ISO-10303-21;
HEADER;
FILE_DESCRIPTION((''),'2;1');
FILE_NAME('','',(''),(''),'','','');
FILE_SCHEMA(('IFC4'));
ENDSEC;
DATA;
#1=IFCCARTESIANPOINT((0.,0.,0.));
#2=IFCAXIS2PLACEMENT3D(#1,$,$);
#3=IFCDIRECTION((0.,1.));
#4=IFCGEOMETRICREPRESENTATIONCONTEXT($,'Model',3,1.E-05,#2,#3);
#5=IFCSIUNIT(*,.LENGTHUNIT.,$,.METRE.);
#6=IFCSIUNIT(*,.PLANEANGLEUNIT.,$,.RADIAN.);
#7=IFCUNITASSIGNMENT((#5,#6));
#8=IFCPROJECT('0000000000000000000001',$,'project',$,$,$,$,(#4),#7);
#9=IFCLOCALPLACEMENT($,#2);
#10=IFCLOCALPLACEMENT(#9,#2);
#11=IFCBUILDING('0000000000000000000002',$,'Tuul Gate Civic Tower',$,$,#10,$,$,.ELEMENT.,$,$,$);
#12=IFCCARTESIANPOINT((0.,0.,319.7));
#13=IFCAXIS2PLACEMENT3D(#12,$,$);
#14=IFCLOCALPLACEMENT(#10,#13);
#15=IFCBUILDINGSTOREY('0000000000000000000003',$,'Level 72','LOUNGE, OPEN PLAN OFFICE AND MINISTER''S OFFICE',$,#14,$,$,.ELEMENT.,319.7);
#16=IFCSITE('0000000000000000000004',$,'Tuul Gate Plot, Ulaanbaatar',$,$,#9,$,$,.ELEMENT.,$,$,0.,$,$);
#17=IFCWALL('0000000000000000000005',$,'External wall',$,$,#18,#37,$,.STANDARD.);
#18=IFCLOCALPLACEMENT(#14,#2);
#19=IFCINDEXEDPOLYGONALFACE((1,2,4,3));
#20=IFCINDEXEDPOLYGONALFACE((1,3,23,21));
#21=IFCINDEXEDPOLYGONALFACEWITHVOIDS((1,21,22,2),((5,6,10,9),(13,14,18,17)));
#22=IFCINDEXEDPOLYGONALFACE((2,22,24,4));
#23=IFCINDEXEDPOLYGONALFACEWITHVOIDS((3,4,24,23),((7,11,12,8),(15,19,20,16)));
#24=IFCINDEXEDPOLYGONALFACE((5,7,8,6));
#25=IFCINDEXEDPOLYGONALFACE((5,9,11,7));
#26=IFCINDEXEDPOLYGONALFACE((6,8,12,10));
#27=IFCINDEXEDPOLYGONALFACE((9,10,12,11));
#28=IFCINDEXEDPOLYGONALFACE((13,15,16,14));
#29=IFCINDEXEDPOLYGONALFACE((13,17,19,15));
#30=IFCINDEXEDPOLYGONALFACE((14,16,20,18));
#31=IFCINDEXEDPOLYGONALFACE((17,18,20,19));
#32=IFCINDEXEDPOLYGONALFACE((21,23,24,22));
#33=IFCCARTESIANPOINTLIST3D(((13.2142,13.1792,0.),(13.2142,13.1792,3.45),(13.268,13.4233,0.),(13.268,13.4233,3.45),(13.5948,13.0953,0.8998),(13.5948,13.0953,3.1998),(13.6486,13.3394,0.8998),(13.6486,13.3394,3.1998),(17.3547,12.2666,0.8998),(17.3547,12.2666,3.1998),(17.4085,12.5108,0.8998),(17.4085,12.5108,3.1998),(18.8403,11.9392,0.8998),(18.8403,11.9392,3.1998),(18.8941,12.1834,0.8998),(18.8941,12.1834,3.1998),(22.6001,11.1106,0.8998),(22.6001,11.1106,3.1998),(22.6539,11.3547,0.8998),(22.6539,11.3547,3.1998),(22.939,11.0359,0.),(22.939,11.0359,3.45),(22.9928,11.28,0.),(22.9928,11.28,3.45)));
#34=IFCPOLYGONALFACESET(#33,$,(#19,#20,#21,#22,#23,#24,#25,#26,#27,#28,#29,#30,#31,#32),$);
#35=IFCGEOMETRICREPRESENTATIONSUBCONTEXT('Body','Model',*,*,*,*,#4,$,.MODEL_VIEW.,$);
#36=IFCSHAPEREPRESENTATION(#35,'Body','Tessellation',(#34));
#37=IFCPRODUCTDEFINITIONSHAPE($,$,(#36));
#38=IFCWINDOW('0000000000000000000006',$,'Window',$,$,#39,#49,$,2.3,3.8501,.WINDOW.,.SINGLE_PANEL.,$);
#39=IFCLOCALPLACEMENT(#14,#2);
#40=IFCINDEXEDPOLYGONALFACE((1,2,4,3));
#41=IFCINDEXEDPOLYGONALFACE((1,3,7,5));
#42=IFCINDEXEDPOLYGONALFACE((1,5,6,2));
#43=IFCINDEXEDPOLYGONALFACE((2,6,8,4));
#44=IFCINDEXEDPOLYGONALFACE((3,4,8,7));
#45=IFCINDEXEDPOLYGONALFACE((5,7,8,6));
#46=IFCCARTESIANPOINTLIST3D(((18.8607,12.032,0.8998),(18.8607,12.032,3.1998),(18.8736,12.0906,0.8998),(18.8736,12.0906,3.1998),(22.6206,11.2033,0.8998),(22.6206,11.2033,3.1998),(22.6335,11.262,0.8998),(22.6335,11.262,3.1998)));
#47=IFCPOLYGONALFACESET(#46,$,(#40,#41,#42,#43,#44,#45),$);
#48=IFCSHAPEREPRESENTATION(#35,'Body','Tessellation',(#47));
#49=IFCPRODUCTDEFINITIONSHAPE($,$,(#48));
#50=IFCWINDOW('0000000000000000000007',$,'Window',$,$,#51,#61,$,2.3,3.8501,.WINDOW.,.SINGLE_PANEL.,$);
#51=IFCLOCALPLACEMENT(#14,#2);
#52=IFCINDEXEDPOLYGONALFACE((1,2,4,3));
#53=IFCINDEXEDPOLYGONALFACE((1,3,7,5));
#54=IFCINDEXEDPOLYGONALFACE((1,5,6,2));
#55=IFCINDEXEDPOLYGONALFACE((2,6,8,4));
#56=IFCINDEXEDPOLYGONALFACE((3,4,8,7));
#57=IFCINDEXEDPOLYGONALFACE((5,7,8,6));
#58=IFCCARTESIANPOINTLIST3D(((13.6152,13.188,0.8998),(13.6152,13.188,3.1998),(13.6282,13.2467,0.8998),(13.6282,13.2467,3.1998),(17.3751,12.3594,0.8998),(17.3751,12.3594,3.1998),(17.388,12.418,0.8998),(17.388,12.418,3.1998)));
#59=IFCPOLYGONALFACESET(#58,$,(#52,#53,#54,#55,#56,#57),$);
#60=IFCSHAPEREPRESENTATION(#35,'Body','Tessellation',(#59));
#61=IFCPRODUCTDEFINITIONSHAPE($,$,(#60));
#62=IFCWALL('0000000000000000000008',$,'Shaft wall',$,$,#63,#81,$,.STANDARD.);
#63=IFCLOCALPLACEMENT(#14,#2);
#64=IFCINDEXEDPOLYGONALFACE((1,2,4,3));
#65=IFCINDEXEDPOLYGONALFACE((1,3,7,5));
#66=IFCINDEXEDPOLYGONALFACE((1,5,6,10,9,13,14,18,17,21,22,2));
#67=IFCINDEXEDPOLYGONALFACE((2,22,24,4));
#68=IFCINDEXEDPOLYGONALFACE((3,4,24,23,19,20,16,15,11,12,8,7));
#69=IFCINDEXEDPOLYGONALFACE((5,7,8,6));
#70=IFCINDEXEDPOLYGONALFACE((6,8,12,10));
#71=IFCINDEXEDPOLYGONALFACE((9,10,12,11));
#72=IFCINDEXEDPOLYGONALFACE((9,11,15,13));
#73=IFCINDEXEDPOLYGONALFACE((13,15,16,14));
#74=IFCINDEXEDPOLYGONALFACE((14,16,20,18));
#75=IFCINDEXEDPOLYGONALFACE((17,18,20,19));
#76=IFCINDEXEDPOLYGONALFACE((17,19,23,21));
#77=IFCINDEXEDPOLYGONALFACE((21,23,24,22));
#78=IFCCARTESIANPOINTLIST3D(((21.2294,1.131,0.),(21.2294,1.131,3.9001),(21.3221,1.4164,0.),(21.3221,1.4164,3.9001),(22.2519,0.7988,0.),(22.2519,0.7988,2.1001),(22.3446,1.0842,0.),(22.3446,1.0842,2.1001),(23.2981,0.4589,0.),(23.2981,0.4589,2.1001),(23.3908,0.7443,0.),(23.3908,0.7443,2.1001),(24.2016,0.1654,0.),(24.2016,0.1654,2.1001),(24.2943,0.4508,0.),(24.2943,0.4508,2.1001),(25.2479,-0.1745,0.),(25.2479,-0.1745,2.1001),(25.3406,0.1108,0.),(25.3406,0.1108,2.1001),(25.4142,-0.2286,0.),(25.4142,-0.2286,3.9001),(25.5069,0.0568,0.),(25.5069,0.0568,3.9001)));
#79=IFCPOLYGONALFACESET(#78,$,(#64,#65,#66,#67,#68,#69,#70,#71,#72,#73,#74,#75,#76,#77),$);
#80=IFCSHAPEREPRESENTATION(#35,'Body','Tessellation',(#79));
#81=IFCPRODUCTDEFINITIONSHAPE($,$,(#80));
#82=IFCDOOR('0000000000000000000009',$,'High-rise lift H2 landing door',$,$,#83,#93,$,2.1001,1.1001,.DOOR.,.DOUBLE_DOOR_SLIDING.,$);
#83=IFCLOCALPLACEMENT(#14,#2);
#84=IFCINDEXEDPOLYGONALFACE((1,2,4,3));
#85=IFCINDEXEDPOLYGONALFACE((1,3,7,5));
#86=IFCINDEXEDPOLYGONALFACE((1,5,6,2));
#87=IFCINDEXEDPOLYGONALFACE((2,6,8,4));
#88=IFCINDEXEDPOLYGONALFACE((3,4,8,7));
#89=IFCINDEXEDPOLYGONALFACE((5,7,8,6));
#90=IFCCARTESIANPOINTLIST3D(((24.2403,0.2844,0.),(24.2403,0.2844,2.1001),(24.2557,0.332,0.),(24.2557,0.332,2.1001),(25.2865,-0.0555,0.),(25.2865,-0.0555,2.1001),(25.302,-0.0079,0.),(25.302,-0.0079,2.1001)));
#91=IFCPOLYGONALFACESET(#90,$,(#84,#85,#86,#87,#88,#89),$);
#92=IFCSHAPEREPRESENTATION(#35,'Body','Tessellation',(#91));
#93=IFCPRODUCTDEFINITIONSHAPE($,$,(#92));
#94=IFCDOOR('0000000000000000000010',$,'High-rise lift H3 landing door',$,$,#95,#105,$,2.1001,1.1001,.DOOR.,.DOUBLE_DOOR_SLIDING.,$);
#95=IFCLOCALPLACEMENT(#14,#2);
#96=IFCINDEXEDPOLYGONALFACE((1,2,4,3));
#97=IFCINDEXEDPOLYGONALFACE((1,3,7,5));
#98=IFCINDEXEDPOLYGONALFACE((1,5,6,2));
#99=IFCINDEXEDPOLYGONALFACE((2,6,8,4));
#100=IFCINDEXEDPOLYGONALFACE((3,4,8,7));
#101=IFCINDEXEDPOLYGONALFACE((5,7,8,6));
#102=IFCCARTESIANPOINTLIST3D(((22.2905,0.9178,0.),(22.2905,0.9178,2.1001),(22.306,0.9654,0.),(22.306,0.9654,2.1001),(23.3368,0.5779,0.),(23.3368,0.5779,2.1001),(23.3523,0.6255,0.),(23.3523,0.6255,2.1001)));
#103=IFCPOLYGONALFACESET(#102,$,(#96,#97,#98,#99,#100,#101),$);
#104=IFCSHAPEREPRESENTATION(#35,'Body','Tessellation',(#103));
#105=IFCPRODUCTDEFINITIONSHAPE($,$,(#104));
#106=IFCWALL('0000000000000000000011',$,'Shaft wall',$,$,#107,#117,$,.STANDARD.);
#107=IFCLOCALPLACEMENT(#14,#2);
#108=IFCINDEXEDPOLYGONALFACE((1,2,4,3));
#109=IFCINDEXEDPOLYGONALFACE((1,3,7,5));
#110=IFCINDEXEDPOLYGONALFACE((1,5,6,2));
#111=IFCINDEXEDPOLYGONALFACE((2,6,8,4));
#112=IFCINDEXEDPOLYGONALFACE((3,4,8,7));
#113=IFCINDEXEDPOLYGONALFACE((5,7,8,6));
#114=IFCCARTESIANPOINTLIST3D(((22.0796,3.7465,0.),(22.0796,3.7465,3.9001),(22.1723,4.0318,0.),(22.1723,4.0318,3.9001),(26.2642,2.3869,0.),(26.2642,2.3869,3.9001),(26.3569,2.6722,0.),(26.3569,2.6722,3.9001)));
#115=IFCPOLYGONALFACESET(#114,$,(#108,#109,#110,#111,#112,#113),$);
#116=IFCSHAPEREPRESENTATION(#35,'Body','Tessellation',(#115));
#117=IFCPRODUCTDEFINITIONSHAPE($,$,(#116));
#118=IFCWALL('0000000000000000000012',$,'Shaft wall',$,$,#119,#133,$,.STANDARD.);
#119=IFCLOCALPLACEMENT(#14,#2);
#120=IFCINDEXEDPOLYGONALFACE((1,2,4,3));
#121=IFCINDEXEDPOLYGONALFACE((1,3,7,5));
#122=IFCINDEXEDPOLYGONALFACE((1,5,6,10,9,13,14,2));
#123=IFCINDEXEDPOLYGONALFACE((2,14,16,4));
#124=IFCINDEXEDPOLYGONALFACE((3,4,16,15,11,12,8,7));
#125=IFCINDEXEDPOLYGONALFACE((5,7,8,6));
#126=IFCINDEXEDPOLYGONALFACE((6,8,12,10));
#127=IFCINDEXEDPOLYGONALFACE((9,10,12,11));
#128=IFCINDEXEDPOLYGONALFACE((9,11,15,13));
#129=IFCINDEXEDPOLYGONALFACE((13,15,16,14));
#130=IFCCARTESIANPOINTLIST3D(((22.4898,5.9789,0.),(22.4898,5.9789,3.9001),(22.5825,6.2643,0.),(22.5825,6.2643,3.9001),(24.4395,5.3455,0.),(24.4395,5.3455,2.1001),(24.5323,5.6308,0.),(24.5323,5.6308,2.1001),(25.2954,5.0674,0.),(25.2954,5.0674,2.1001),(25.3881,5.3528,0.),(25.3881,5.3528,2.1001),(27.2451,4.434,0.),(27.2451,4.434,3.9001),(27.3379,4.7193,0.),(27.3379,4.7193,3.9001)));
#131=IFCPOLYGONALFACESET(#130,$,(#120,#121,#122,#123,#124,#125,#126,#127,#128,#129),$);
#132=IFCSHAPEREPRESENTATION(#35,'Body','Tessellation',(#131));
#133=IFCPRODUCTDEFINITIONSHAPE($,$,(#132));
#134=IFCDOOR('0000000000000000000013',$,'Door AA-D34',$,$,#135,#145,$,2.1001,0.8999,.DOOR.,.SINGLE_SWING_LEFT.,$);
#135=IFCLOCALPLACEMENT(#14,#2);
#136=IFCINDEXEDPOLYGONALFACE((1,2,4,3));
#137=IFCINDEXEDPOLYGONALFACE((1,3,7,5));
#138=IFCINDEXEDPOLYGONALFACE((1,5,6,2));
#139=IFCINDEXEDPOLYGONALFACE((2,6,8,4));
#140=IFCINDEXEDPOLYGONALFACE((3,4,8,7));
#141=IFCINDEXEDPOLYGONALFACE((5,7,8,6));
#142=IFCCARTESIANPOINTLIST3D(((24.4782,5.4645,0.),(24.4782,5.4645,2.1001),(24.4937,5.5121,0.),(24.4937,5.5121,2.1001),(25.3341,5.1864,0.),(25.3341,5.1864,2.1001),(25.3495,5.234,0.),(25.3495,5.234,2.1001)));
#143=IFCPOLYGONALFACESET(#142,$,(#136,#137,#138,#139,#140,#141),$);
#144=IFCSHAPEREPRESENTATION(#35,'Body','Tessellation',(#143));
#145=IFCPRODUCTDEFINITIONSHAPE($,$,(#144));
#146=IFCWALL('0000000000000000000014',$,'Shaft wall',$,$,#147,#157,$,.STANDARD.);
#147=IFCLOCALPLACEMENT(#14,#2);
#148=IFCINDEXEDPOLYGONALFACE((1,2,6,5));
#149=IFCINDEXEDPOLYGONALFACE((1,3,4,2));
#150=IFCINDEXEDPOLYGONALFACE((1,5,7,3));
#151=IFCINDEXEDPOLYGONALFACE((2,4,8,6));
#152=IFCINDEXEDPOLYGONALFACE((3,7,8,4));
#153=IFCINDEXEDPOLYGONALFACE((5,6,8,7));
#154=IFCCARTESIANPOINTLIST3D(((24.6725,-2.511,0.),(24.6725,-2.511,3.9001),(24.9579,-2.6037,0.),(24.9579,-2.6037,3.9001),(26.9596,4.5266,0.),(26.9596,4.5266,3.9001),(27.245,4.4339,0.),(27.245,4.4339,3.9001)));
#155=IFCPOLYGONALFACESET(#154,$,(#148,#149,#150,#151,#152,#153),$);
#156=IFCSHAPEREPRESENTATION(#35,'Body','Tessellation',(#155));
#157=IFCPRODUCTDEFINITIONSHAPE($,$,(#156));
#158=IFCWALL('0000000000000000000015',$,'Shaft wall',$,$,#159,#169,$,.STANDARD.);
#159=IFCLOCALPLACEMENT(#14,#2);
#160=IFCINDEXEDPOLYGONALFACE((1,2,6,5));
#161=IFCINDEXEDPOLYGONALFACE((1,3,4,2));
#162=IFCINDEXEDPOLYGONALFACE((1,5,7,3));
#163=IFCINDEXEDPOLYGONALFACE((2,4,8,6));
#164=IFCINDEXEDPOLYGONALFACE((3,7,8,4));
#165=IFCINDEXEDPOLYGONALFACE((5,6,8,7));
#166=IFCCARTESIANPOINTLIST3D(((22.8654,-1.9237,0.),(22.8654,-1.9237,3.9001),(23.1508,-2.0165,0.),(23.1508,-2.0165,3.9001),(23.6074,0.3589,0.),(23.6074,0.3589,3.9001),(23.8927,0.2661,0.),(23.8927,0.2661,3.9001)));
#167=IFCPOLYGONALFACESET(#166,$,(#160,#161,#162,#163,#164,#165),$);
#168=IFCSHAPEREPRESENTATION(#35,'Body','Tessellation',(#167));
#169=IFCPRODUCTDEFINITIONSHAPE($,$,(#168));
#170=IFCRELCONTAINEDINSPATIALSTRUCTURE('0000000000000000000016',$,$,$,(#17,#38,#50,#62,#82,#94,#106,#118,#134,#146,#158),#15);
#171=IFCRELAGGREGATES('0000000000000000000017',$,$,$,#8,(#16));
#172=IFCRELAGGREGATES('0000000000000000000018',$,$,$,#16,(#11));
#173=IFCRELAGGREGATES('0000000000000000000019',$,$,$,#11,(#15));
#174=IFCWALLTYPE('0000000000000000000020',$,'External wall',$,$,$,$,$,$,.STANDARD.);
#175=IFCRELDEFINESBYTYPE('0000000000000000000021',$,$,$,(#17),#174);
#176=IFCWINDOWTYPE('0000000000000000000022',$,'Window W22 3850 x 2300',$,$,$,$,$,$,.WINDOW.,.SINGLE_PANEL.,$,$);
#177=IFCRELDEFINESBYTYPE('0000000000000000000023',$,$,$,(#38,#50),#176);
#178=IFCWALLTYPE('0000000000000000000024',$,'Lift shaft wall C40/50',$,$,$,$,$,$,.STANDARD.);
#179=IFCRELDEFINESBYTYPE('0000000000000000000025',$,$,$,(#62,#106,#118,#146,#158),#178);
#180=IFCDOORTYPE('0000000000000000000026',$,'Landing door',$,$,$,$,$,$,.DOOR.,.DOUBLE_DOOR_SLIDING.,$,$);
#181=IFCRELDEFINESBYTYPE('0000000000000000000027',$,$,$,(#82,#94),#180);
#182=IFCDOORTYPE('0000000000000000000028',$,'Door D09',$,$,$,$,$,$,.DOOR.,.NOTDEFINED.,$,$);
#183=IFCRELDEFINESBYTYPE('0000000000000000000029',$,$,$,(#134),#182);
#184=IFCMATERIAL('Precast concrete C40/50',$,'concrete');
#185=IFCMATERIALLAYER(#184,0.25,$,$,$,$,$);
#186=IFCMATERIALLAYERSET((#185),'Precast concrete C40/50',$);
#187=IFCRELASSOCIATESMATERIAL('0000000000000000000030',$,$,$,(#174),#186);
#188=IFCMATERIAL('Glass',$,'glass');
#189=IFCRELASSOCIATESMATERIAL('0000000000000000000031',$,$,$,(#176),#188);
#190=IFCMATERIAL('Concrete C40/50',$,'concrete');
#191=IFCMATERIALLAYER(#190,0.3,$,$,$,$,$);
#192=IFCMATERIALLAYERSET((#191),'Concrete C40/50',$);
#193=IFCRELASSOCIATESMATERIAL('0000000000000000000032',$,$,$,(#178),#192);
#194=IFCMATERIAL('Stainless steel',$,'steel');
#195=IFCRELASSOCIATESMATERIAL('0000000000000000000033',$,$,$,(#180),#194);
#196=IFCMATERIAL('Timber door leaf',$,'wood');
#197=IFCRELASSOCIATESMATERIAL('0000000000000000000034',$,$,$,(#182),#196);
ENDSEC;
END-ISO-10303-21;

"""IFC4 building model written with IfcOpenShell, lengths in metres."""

from ifc_helpers import new_model, si_unit, direction, frame, frame_2d, origin, place, context, subcontext, project, spatial, rectangle, extrude, material, layer, layer_set, type_object, element, fill, save


model = new_model("IFC4")

# Units and contexts
model_context = context("Model", 3, precision=1e-05, world=origin(), true_north=direction((0.0, 1.0)))
body_context = subcontext(model_context, "Body", "Model", "MODEL_VIEW")
ifc_project = project(units=[si_unit("LENGTHUNIT", "METRE"), si_unit("PLANEANGLEUNIT", "RADIAN")], contexts=[model_context])

# Site, building, storey
site_placement = place(None, origin())
site = spatial("IfcSite", under=ifc_project, at=site_placement, Name="Tuul Gate Plot, Ulaanbaatar", CompositionType="ELEMENT", RefElevation=0.0)
building_placement = place(site_placement, origin())
building = spatial("IfcBuilding", under=site, at=building_placement, Name="Tuul Gate Civic Tower", CompositionType="ELEMENT")
storey_placement = place(building_placement, frame((0.0, 0.0, 319.7)))
storey = spatial("IfcBuildingStorey", under=building, at=storey_placement, Name="Level 72", Description="LOUNGE, OPEN PLAN OFFICE AND MINISTER'S OFFICE", CompositionType="ELEMENT", Elevation=319.7)

# Wall, openings, windows
ifc_material_1 = material(Name="Precast concrete C40/50", Category="concrete")
ifc_layer_1 = layer(ifc_material_1, 0.25)
ifc_layer_set_1 = layer_set([ifc_layer_1], Name="Precast concrete C40/50")
wall_type_1 = type_object("IfcWallType", Name="External wall", PredefinedType="STANDARD", material=ifc_layer_set_1)
wall_1_placement = place(storey_placement, frame((22.9658, 11.158, 0.0), z_axis=(0.0, 0.0, 1.0), x_axis=(-0.976563, 0.21523, 0.0)))
wall_1 = element("IfcWall", 1, at=wall_1_placement, inside=storey, type_object=wall_type_1, Name="External wall", PredefinedType="STANDARD", context=body_context, shape_type="SweptSolid", body=[
    extrude(rectangle(XDim=9.9583, YDim=0.25, at=frame_2d((4.979, 0.0))), origin(), (0.0, 0.0, 1.0), 3.45),
])
opening_1_placement = place(wall_1_placement, frame((0.3469, 0.0, 0.8999)))
opening_1 = element("IfcOpeningElement", 2, at=opening_1_placement, cuts=wall_1, PredefinedType="OPENING", context=body_context, shape_type="SweptSolid", body=[
    extrude(rectangle(XDim=3.8501, YDim=2.3, at=frame_2d((1.925, 1.1499))), frame((0.0, 0.135, 0.0), z_axis=(0.0, -1.0, 0.0), x_axis=(1.0, 0.0, 0.0)), (0.0, 0.0, 1.0), 0.27),
])
opening_2_placement = place(wall_1_placement, frame((5.7183, 0.0, 0.8999)))
opening_2 = element("IfcOpeningElement", 3, at=opening_2_placement, cuts=wall_1, PredefinedType="OPENING", context=body_context, shape_type="SweptSolid", body=[
    extrude(rectangle(XDim=3.8501, YDim=2.3, at=frame_2d((1.925, 1.1499))), frame((0.0, 0.135, 0.0), z_axis=(0.0, -1.0, 0.0), x_axis=(1.0, 0.0, 0.0)), (0.0, 0.0, 1.0), 0.27),
])
ifc_material_2 = material(Name="Glass", Category="glass")
window_type = type_object("IfcWindowType", Name="Window W22 3850 x 2300", PartitioningType="SINGLE_PANEL", PredefinedType="WINDOW", material=ifc_material_2)
window_1_placement = place(opening_1_placement, origin())
window_1 = element("IfcWindow", 4, at=window_1_placement, inside=storey, type_object=window_type, Name="Window", OverallHeight=2.3, OverallWidth=3.8501, PartitioningType="SINGLE_PANEL", PredefinedType="WINDOW", context=body_context, shape_type="SweptSolid", body=[
    extrude(rectangle(XDim=3.8501, YDim=2.3, at=frame_2d((1.925, 1.1499))), frame((0.0, 0.03, 0.0), z_axis=(0.0, -1.0, 0.0), x_axis=(1.0, 0.0, 0.0)), (0.0, 0.0, 1.0), 0.0601),
])
fill(opening_1, window_1)
window_2_placement = place(opening_2_placement, origin())
window_2 = element("IfcWindow", 5, at=window_2_placement, inside=storey, type_object=window_type, Name="Window", OverallHeight=2.3, OverallWidth=3.8501, PartitioningType="SINGLE_PANEL", PredefinedType="WINDOW", context=body_context, shape_type="SweptSolid", body=[
    extrude(rectangle(XDim=3.8501, YDim=2.3, at=frame_2d((1.925, 1.1499))), frame((0.0, 0.03, 0.0), z_axis=(0.0, -1.0, 0.0), x_axis=(1.0, 0.0, 0.0)), (0.0, 0.0, 1.0), 0.0601),
])
fill(opening_2, window_2)

# Wall, openings, doors
ifc_material_3 = material(Name="Concrete C40/50", Category="concrete")
ifc_layer_2 = layer(ifc_material_3, 0.3)
ifc_layer_set_2 = layer_set([ifc_layer_2], Name="Concrete C40/50")
wall_type_2 = type_object("IfcWallType", Name="Lift shaft wall C40/50", PredefinedType="STANDARD", material=ifc_layer_set_2)
wall_2_placement = place(storey_placement, frame((25.4607, -0.0859, 0.0), z_axis=(0.0, 0.0, 1.0), x_axis=(-0.951064, 0.308994, 0.0)))
wall_2 = element("IfcWall", 6, at=wall_2_placement, inside=storey, type_object=wall_type_2, Name="Shaft wall", PredefinedType="STANDARD", context=body_context, shape_type="SweptSolid", body=[
    extrude(rectangle(XDim=4.4001, YDim=0.3, at=frame_2d((2.2002, 0.0))), origin(), (0.0, 0.0, 1.0), 3.9001),
])
opening_3_placement = place(wall_2_placement, frame((0.175, 0.0, 0.0)))
opening_3 = element("IfcOpeningElement", 7, at=opening_3_placement, cuts=wall_2, PredefinedType="OPENING", context=body_context, shape_type="SweptSolid", body=[
    extrude(rectangle(XDim=1.1001, YDim=2.1001, at=frame_2d((0.55, 1.05))), frame((0.0, 0.1602, 0.0), z_axis=(0.0, -1.0, 0.0), x_axis=(1.0, 0.0, 0.0)), (0.0, 0.0, 1.0), 0.3201),
])
opening_4_placement = place(wall_2_placement, frame((2.2251, 0.0, 0.0)))
opening_4 = element("IfcOpeningElement", 8, at=opening_4_placement, cuts=wall_2, PredefinedType="OPENING", context=body_context, shape_type="SweptSolid", body=[
    extrude(rectangle(XDim=1.1001, YDim=2.1001, at=frame_2d((0.55, 1.05))), frame((0.0, 0.1602, 0.0), z_axis=(0.0, -1.0, 0.0), x_axis=(1.0, 0.0, 0.0)), (0.0, 0.0, 1.0), 0.3201),
])
ifc_material_4 = material(Name="Stainless steel", Category="steel")
door_type_1 = type_object("IfcDoorType", Name="Landing door", OperationType="DOUBLE_DOOR_SLIDING", PredefinedType="DOOR", material=ifc_material_4)
door_1_placement = place(opening_3_placement, origin())
door_1 = element("IfcDoor", 9, at=door_1_placement, inside=storey, type_object=door_type_1, Name="High-rise lift H2 landing door", OperationType="DOUBLE_DOOR_SLIDING", OverallHeight=2.1001, OverallWidth=1.1001, PredefinedType="DOOR", context=body_context, shape_type="SweptSolid", body=[
    extrude(rectangle(XDim=1.1001, YDim=2.1001, at=frame_2d((0.55, 1.05))), frame((0.0, 0.0249, 0.0), z_axis=(0.0, -1.0, 0.0), x_axis=(1.0, 0.0, 0.0)), (0.0, 0.0, 1.0), 0.05),
])
fill(opening_3, door_1)
door_2_placement = place(opening_4_placement, origin())
door_2 = element("IfcDoor", 10, at=door_2_placement, inside=storey, type_object=door_type_1, Name="High-rise lift H3 landing door", OperationType="DOUBLE_DOOR_SLIDING", OverallHeight=2.1001, OverallWidth=1.1001, PredefinedType="DOOR", context=body_context, shape_type="SweptSolid", body=[
    extrude(rectangle(XDim=1.1001, YDim=2.1001, at=frame_2d((0.55, 1.05))), frame((0.0, 0.0249, 0.0), z_axis=(0.0, -1.0, 0.0), x_axis=(1.0, 0.0, 0.0)), (0.0, 0.0, 1.0), 0.05),
])
fill(opening_4, door_2)

# Wall
wall_3_placement = place(storey_placement, frame((26.3105, 2.5295, 0.0), z_axis=(0.0, 0.0, 1.0), x_axis=(-0.951059, 0.309011, 0.0)))
element("IfcWall", 11, at=wall_3_placement, inside=storey, type_object=wall_type_2, Name="Shaft wall", PredefinedType="STANDARD", context=body_context, shape_type="SweptSolid", body=[
    extrude(rectangle(XDim=4.3999, YDim=0.3, at=frame_2d((2.2, 0.0))), origin(), (0.0, 0.0, 1.0), 3.9001),
])

# Wall, opening, door
wall_4_placement = place(storey_placement, frame((27.2915, 4.5767, 0.0), z_axis=(0.0, 0.0, 1.0), x_axis=(-0.951068, 0.308982, 0.0)))
wall_4 = element("IfcWall", 12, at=wall_4_placement, inside=storey, type_object=wall_type_2, Name="Shaft wall", PredefinedType="STANDARD", context=body_context, shape_type="SweptSolid", body=[
    extrude(rectangle(XDim=5.0, YDim=0.3, at=frame_2d((2.5, 0.0))), origin(), (0.0, 0.0, 1.0), 3.9001),
])
opening_5_placement = place(wall_4_placement, frame((2.05, 0.0, 0.0)))
opening_5 = element("IfcOpeningElement", 13, at=opening_5_placement, cuts=wall_4, PredefinedType="OPENING", context=body_context, shape_type="SweptSolid", body=[
    extrude(rectangle(XDim=0.8999, YDim=2.1001, at=frame_2d((0.45, 1.05))), frame((0.0, 0.1602, 0.0), z_axis=(0.0, -1.0, 0.0), x_axis=(1.0, 0.0, 0.0)), (0.0, 0.0, 1.0), 0.3201),
])
ifc_material_5 = material(Name="Timber door leaf", Category="wood")
door_type_2 = type_object("IfcDoorType", Name="Door D09", OperationType="NOTDEFINED", PredefinedType="DOOR", material=ifc_material_5)
door_3_placement = place(opening_5_placement, origin())
door_3 = element("IfcDoor", 14, at=door_3_placement, inside=storey, type_object=door_type_2, Name="Door AA-D34", OperationType="SINGLE_SWING_LEFT", OverallHeight=2.1001, OverallWidth=0.8999, PredefinedType="DOOR", context=body_context, shape_type="SweptSolid", body=[
    extrude(rectangle(XDim=0.8999, YDim=2.1001, at=frame_2d((0.45, 1.05))), frame((0.0, 0.0249, 0.0), z_axis=(0.0, -1.0, 0.0), x_axis=(1.0, 0.0, 0.0)), (0.0, 0.0, 1.0), 0.05),
])
fill(opening_5, door_3)

# Walls
wall_5_placement = place(storey_placement, frame((24.8152, -2.5574, 0.0), z_axis=(0.0, 0.0, 1.0), x_axis=(0.309073, 0.951038, 0.0)))
element("IfcWall", 15, at=wall_5_placement, inside=storey, type_object=wall_type_2, Name="Shaft wall", PredefinedType="STANDARD", context=body_context, shape_type="SweptSolid", body=[
    extrude(rectangle(XDim=7.3999, YDim=0.3, at=frame_2d((3.7, 0.0))), origin(), (0.0, 0.0, 1.0), 3.9001),
])
for number, where, z_axis, x_axis, name in (
    (16, (23.0081, -1.9702, 0.0), (0.0, 0.0, 1.0), (0.309139, 0.951017, 0.0), "Shaft wall"),
):
    element("IfcWall", number, at=place(storey_placement, frame(where, z_axis=z_axis, x_axis=x_axis)), inside=storey, type_object=wall_type_2, Name=name, PredefinedType="STANDARD", context=body_context, shape_type="SweptSolid", body=[
        extrude(rectangle(XDim=2.4001, YDim=0.3, at=frame_2d((1.2002, 0.0))), origin(), (0.0, 0.0, 1.0), 3.9001),
    ])

save(model, "model.ifc")
